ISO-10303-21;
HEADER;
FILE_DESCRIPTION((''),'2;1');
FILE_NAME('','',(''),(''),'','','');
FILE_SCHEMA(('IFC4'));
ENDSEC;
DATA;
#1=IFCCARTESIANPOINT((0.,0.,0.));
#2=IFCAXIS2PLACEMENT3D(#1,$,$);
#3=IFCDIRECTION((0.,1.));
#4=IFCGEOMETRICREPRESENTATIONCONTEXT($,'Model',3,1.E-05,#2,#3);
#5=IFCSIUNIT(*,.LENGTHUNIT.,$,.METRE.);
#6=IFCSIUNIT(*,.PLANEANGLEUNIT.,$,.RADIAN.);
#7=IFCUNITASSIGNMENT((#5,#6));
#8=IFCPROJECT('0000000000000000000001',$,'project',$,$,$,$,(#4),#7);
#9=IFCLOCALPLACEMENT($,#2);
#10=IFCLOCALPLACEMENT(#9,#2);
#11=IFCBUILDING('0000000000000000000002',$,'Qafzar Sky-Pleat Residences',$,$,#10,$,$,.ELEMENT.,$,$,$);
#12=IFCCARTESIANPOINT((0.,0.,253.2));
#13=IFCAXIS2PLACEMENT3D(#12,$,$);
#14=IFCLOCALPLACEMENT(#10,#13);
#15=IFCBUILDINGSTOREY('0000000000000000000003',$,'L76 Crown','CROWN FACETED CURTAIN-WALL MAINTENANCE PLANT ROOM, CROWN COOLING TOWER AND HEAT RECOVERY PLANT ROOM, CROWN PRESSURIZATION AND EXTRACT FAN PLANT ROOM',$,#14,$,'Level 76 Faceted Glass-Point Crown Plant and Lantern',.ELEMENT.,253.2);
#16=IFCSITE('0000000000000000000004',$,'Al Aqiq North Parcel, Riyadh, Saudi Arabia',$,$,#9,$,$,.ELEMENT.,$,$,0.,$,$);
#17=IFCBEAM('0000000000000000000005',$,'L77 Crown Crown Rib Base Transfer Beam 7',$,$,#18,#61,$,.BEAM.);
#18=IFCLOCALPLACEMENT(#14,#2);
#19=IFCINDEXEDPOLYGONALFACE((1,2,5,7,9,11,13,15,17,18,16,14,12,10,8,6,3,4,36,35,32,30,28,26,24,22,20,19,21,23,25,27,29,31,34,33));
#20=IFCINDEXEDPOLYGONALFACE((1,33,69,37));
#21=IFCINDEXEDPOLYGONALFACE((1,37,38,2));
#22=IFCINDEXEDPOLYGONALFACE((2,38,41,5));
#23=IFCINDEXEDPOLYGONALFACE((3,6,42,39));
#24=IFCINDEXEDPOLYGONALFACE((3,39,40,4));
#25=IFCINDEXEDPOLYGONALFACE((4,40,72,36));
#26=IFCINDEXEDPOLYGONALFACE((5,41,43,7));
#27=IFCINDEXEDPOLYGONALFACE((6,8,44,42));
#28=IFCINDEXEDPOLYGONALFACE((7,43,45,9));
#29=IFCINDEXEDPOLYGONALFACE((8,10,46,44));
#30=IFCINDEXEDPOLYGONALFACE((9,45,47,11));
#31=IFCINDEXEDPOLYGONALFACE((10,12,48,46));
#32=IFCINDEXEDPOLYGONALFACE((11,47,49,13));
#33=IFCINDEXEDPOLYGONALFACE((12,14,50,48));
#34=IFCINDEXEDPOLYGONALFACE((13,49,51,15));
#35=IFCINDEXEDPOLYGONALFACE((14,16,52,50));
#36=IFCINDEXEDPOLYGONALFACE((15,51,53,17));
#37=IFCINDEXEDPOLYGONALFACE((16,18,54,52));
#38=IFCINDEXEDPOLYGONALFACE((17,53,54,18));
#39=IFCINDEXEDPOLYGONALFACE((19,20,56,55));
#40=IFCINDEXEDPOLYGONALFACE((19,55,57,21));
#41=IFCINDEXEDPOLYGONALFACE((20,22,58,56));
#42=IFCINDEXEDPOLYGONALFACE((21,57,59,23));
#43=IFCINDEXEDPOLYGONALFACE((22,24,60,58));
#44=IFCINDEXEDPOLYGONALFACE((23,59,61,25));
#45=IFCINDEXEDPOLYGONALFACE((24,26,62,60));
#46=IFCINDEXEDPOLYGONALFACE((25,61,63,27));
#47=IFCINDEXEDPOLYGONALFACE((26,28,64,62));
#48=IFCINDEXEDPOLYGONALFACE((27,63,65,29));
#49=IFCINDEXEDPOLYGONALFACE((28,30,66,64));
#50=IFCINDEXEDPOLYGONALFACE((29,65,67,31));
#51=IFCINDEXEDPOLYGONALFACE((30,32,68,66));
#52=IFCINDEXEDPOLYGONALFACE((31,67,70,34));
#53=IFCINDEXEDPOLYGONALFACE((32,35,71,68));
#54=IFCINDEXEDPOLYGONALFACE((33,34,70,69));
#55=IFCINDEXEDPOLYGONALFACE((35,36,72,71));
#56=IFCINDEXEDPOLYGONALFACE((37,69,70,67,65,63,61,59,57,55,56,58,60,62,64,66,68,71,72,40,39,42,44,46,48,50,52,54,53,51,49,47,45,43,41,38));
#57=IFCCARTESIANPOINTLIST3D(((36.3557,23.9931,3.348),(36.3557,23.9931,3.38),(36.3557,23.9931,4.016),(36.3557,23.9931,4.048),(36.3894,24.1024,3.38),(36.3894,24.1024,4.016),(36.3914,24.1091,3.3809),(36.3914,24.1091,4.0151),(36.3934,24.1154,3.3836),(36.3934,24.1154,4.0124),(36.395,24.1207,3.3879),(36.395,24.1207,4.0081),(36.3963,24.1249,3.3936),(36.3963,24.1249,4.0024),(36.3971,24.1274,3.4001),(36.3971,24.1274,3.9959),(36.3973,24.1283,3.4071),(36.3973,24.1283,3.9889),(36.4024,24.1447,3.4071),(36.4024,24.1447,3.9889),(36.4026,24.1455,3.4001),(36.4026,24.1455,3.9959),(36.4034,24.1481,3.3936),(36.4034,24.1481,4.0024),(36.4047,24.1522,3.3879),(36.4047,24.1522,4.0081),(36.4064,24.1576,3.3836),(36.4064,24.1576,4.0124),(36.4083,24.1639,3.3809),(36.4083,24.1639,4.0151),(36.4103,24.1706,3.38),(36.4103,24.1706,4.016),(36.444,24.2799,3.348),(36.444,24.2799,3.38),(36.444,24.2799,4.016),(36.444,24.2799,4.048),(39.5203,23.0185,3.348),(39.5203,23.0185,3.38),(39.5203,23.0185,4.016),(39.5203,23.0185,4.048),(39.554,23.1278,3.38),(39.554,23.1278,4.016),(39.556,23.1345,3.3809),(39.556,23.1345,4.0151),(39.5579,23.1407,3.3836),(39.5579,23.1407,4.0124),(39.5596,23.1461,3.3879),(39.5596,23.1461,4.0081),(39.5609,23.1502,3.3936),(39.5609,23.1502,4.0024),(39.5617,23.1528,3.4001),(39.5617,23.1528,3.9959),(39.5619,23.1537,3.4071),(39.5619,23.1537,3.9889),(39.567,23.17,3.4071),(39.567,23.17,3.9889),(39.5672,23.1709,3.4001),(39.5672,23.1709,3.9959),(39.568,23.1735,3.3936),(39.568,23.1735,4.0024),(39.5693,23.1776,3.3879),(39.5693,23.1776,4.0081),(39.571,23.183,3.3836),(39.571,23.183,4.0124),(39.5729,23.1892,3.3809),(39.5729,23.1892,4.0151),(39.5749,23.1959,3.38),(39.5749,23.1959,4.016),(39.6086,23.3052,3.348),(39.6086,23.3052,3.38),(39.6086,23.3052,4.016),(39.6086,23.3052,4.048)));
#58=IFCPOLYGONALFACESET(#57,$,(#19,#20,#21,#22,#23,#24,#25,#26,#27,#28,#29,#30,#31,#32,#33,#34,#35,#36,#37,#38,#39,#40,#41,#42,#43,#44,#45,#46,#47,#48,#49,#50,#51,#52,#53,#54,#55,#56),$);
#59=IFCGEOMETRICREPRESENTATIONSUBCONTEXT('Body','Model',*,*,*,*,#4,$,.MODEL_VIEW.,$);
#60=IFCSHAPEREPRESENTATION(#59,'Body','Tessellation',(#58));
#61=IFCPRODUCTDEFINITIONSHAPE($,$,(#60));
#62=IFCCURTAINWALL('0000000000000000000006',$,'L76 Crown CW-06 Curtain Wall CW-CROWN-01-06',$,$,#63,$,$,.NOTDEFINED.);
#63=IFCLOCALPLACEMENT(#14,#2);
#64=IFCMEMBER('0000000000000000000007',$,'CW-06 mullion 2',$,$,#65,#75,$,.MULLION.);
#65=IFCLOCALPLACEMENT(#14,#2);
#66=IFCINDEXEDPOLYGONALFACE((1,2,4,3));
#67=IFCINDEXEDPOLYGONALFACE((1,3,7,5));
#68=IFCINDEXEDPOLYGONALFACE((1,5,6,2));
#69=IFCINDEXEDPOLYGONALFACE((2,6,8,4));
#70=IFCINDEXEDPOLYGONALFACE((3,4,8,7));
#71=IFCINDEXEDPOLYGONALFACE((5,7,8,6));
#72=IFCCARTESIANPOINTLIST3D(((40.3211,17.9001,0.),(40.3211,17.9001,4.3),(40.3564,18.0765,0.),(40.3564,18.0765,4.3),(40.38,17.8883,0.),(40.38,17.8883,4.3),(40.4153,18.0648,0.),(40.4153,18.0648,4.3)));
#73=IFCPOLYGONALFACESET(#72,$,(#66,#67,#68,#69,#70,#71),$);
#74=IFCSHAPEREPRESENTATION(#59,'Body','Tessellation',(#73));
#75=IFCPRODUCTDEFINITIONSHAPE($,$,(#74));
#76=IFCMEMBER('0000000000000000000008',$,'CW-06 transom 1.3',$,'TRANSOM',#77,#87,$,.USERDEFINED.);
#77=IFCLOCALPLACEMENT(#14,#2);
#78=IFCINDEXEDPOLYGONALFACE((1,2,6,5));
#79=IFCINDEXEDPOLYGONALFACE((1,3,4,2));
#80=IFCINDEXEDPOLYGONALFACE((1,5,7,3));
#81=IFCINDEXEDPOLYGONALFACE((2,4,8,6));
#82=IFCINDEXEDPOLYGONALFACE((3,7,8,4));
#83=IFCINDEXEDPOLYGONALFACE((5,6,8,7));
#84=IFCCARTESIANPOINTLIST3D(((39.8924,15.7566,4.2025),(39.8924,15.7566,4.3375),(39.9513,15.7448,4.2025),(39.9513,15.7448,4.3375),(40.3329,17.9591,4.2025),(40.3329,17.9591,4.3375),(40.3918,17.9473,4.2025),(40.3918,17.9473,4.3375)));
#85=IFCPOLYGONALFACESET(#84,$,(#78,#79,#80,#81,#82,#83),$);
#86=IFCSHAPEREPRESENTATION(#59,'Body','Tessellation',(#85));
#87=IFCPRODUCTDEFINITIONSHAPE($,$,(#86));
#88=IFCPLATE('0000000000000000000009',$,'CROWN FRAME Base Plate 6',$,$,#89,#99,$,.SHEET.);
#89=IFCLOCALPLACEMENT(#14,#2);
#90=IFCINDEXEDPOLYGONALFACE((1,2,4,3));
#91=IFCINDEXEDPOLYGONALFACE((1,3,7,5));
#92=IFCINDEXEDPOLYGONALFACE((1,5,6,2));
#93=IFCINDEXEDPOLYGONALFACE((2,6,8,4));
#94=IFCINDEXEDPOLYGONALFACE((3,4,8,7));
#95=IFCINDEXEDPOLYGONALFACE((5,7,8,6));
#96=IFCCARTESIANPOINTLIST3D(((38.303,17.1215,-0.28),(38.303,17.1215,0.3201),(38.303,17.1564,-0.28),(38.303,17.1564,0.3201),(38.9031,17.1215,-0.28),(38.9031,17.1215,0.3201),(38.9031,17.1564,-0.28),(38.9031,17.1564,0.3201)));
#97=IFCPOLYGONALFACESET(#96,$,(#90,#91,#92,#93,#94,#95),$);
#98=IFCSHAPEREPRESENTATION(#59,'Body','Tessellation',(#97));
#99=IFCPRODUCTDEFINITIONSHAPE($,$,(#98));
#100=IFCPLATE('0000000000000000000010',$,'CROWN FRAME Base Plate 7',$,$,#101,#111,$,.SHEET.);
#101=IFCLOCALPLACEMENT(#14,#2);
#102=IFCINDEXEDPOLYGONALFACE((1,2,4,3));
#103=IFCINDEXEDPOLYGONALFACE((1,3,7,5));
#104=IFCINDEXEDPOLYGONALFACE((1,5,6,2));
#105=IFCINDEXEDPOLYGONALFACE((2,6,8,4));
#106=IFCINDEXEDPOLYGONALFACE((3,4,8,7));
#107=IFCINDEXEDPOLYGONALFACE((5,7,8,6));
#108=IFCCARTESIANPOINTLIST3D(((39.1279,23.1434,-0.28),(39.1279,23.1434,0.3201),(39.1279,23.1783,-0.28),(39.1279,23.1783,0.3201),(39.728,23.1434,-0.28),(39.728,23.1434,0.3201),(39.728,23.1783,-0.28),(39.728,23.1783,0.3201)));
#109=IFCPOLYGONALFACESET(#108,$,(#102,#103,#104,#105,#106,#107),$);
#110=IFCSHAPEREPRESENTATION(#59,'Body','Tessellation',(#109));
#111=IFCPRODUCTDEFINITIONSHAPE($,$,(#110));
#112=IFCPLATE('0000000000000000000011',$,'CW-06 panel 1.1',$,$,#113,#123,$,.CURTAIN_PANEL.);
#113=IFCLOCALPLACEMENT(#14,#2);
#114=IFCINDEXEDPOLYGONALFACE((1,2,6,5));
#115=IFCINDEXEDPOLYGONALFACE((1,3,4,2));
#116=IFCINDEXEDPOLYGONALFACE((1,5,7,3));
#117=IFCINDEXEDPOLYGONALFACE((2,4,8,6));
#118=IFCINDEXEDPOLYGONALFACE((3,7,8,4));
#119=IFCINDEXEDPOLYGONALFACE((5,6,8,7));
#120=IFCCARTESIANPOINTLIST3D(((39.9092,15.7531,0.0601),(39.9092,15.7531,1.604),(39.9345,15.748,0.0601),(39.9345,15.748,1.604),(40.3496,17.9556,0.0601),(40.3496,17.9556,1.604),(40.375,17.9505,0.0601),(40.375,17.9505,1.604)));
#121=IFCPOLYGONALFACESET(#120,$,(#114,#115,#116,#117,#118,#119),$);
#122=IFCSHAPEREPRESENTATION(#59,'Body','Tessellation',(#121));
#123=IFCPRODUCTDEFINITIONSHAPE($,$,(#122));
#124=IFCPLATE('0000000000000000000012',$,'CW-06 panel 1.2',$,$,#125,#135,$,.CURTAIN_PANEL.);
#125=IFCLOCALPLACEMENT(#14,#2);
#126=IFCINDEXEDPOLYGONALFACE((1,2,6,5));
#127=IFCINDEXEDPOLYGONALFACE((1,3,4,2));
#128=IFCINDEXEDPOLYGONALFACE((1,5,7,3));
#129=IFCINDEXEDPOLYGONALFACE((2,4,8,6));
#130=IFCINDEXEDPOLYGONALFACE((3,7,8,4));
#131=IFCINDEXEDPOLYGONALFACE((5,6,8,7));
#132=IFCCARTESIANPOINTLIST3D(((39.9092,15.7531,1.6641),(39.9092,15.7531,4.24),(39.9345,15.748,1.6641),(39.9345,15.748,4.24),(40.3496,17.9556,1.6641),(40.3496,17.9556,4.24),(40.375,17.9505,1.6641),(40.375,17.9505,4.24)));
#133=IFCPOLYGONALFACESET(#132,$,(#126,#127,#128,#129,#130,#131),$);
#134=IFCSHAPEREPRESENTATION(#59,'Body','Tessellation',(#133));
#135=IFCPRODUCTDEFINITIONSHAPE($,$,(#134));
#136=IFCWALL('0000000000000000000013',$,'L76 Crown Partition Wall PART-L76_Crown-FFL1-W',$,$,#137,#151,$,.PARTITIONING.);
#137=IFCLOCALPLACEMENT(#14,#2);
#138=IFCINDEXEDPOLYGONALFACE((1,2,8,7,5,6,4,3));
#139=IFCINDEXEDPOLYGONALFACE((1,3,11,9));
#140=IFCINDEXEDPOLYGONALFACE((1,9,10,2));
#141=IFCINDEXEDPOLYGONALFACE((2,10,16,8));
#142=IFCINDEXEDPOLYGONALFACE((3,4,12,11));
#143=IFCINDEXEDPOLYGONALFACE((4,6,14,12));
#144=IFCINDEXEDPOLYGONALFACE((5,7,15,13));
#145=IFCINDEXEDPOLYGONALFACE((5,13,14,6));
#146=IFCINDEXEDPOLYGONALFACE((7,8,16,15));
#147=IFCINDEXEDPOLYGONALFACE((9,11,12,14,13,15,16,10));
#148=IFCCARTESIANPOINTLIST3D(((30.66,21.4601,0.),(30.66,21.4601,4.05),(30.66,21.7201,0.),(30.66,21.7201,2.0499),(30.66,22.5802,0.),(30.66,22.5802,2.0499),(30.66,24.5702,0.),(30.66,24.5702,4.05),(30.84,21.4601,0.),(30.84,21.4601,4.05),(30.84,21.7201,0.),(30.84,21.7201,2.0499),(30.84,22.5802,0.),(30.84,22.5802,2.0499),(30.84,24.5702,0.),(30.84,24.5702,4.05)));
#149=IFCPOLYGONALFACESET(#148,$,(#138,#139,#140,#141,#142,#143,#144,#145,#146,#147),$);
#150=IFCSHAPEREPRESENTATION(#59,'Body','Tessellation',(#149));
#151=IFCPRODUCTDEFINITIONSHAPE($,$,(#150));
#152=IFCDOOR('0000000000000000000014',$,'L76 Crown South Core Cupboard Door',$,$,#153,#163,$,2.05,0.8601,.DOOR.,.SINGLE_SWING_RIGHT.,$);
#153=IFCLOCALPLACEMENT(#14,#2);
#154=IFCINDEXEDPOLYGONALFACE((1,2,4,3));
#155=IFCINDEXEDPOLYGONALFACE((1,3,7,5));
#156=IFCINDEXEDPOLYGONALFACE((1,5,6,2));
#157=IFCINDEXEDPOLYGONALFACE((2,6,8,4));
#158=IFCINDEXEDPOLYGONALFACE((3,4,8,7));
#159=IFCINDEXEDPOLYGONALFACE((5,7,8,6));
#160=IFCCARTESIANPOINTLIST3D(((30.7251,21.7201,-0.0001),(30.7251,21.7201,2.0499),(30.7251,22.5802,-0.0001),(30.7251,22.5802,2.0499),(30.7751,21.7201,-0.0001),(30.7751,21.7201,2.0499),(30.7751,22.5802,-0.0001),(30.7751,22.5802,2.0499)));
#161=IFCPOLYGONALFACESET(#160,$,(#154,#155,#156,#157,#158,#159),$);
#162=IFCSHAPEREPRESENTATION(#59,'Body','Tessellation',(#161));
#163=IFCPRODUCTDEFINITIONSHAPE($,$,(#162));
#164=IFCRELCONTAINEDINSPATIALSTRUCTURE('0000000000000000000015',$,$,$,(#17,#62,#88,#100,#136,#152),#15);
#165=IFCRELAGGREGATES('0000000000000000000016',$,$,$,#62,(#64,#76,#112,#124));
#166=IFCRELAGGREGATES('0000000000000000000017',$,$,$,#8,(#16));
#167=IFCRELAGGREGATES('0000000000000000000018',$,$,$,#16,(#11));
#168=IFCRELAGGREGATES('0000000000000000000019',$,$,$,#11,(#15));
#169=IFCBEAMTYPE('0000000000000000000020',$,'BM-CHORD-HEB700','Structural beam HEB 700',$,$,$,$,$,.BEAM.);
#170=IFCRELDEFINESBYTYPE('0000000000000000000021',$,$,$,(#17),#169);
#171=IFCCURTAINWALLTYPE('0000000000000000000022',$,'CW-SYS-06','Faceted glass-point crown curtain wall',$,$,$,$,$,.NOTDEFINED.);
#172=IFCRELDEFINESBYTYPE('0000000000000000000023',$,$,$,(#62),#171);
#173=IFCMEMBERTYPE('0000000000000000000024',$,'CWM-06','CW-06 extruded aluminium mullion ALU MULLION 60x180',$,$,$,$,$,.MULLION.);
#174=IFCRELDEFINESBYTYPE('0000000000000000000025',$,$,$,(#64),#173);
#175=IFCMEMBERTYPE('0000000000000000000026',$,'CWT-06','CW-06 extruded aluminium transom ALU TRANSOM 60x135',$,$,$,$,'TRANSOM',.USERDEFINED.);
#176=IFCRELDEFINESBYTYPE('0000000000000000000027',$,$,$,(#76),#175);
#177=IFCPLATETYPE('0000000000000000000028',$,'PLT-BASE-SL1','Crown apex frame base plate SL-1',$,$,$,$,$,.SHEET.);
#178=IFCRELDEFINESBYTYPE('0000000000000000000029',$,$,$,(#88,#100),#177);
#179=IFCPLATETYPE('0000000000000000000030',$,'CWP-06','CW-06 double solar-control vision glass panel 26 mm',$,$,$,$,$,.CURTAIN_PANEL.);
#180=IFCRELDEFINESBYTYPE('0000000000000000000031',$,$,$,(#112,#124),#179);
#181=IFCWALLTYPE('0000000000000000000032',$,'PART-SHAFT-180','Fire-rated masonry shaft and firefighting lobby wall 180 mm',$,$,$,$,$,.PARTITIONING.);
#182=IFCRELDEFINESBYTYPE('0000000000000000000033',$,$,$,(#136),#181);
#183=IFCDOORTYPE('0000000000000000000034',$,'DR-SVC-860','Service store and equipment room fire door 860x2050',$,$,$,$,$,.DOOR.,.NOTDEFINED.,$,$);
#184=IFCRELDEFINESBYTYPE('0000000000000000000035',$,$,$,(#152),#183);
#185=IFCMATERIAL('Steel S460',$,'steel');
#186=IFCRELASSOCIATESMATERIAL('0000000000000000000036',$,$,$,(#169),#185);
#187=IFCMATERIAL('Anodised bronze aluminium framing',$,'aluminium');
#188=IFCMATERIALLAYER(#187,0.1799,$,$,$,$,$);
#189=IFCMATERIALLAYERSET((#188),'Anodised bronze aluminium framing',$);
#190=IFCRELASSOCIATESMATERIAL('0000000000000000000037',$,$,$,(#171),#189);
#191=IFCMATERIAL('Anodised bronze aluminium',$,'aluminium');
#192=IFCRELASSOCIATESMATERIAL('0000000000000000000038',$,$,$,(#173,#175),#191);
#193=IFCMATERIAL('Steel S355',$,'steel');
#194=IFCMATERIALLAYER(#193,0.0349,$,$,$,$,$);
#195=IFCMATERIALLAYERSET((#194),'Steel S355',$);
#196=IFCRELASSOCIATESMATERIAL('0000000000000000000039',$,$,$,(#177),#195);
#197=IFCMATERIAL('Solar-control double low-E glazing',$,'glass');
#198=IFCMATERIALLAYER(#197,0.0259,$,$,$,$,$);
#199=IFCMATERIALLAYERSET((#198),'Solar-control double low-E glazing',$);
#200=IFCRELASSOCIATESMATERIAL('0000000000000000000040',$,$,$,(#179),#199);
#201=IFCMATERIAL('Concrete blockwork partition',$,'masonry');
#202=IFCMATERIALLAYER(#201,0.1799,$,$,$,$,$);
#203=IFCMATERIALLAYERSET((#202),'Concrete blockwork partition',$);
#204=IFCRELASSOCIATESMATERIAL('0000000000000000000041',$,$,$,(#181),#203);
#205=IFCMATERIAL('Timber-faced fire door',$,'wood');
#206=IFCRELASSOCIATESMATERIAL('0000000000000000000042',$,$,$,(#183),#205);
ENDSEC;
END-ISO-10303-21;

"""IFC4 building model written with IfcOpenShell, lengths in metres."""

from ifc_helpers import new_model, si_unit, direction, frame, frame_2d, origin, origin_2d, place, context, subcontext, project, spatial, rectangle, i_section, extrude, source, transform, mapped, material, layer, layer_set, material_profile, profile_set, type_object, element, fill, aggregate, save


model = new_model("IFC4")

# Units and contexts
model_context = context("Model", 3, precision=1e-05, world=origin(), true_north=direction((0.0, 1.0)))
body_context = subcontext(model_context, "Body", "Model", "MODEL_VIEW")
ifc_project = project(units=[si_unit("LENGTHUNIT", "METRE"), si_unit("PLANEANGLEUNIT", "RADIAN")], contexts=[model_context])

# Site, building, storey
site_placement = place(None, origin())
site = spatial("IfcSite", under=ifc_project, at=site_placement, Name="Al Aqiq North Parcel, Riyadh, Saudi Arabia", CompositionType="ELEMENT", RefElevation=0.0)
building_placement = place(site_placement, origin())
building = spatial("IfcBuilding", under=site, at=building_placement, Name="Qafzar Sky-Pleat Residences", CompositionType="ELEMENT")
storey_placement = place(building_placement, frame((0.0, 0.0, 253.2)))
storey = spatial("IfcBuildingStorey", under=building, at=storey_placement, Name="L76 Crown", Description="CROWN FACETED CURTAIN-WALL MAINTENANCE PLANT ROOM, CROWN COOLING TOWER AND HEAT RECOVERY PLANT ROOM, CROWN PRESSURIZATION AND EXTRACT FAN PLANT ROOM", LongName="Level 76 Faceted Glass-Point Crown Plant and Lantern", CompositionType="ELEMENT", Elevation=253.2)

# Shared definitions
ifc_material_1 = material(Name="Steel S460", Category="steel")
ifc_material_2 = material(Name="Steel S355", Category="steel")

# Beam
ifc_material_profile_1 = material_profile(ifc_material_1, i_section(OverallWidth=0.3, OverallDepth=0.7, WebThickness=0.0171, FlangeThickness=0.032, FilletRadius=0.0271, at=origin_2d()), Name="HEB 700")
ifc_profile_set_1 = profile_set([ifc_material_profile_1], Name="Steel S460")
beam_type = type_object("IfcBeamType", Name="BM-CHORD-HEB700", Description="Structural beam HEB 700", PredefinedType="BEAM", material=ifc_profile_set_1)
shared_shape_1 = source(origin(), body_context, "Body", "SweptSolid", [
    extrude(i_section(OverallWidth=0.3, OverallDepth=0.7, WebThickness=0.0171, FlangeThickness=0.032, FilletRadius=0.0271, at=origin_2d()), origin(), (0.0, 0.0, 1.0), 3.3113),
])
beam_1_placement = place(storey_placement, frame((39.5645, 23.1619, 3.698), z_axis=(-0.955702, 0.294335, 0.0), x_axis=(-0.294335, -0.955702, 0.0)))
element("IfcBeam", 1, at=beam_1_placement, inside=storey, type_object=beam_type, Name="L77 Crown Crown Rib Base Transfer Beam 7", PredefinedType="BEAM", context=body_context, shape_type="MappedRepresentation", body=[
    mapped(shared_shape_1, transform((0.0, 0.0, 0.0), x_axis=(1.0, 0.0, 0.0), y_axis=(0.0, 1.0, 0.0), z_axis=(0.0, 0.0, 1.0), scale=1.0)),
])

# Curtain wall, members
ifc_material_3 = material(Name="Anodised bronze aluminium framing", Category="aluminium")
ifc_layer_1 = layer(ifc_material_3, 0.1799)
ifc_layer_set_1 = layer_set([ifc_layer_1], Name="Anodised bronze aluminium framing")
curtain_wall_type = type_object("IfcCurtainWallType", Name="CW-SYS-06", Description="Faceted glass-point crown curtain wall", PredefinedType="NOTDEFINED", material=ifc_layer_set_1)
curtain_wall_placement = place(storey_placement, origin())
curtain_wall = element("IfcCurtainWall", 2, at=curtain_wall_placement, inside=storey, type_object=curtain_wall_type, Name="L76 Crown CW-06 Curtain Wall CW-CROWN-01-06", PredefinedType="NOTDEFINED")
ifc_material_4 = material(Name="Anodised bronze aluminium", Category="aluminium")
ifc_material_profile_2 = material_profile(ifc_material_4, rectangle(XDim=0.0601, YDim=0.1799, at=origin_2d()), Name="ALU MULLION 60x180")
ifc_profile_set_2 = profile_set([ifc_material_profile_2], Name="Anodised bronze aluminium")
member_type_1 = type_object("IfcMemberType", Name="CWM-06", Description="CW-06 extruded aluminium mullion ALU MULLION 60x180", PredefinedType="MULLION", material=ifc_profile_set_2)
shared_shape_2 = source(origin(), body_context, "Body", "SweptSolid", [
    extrude(rectangle(XDim=0.0601, YDim=0.1799, at=origin_2d()), origin(), (0.0, 0.0, 1.0), 4.3),
])
member_1_placement = place(storey_placement, frame((40.3682, 17.9824, 0.0), z_axis=(0.0, 0.0, 1.0), x_axis=(-0.980581, 0.196113, 0.0)))
member_1 = element("IfcMember", 3, at=member_1_placement, type_object=member_type_1, Name="CW-06 mullion 2", PredefinedType="MULLION", context=body_context, shape_type="MappedRepresentation", body=[
    mapped(shared_shape_2, transform((0.0, 0.0, 0.0), x_axis=(1.0, 0.0, 0.0), y_axis=(0.0, 1.0, 0.0), z_axis=(0.0, 0.0, 1.0), scale=1.0)),
])
ifc_material_profile_3 = material_profile(ifc_material_4, rectangle(XDim=0.0601, YDim=0.135, at=origin_2d()), Name="ALU TRANSOM 60x135")
ifc_profile_set_3 = profile_set([ifc_material_profile_3], Name="Anodised bronze aluminium")
member_type_2 = type_object("IfcMemberType", Name="CWT-06", Description="CW-06 extruded aluminium transom ALU TRANSOM 60x135", ElementType="TRANSOM", PredefinedType="USERDEFINED", material=ifc_profile_set_3)
shared_shape_3 = source(origin(), body_context, "Body", "SweptSolid", [
    extrude(rectangle(XDim=0.0601, YDim=0.135, at=origin_2d()), origin(), (0.0, 0.0, 1.0), 2.2461),
])
member_2_placement = place(storey_placement, frame((39.9219, 15.7507, 4.27), z_axis=(0.196095, 0.980585, 0.0), x_axis=(-0.980585, 0.196095, 0.0)))
member_2 = element("IfcMember", 4, at=member_2_placement, type_object=member_type_2, Name="CW-06 transom 1.3", ObjectType="TRANSOM", PredefinedType="USERDEFINED", context=body_context, shape_type="MappedRepresentation", body=[
    mapped(shared_shape_3, transform((0.0, 0.0, 0.0), x_axis=(1.0, 0.0, 0.0), y_axis=(0.0, 1.0, 0.0), z_axis=(0.0, 0.0, 1.0), scale=1.0)),
])

# Plates
ifc_layer_2 = layer(ifc_material_2, 0.0349)
ifc_layer_set_2 = layer_set([ifc_layer_2], Name="Steel S355")
plate_type_1 = type_object("IfcPlateType", Name="PLT-BASE-SL1", Description="Crown apex frame base plate SL-1", PredefinedType="SHEET", material=ifc_layer_set_2)
shared_shape_4 = source(origin(), body_context, "Body", "SweptSolid", [
    extrude(rectangle(XDim=0.6001, YDim=0.0349, at=origin_2d()), origin(), (0.0, 0.0, 1.0), 0.6001),
])
for number, where, z_axis, x_axis, name in (
    (5, (38.603, 17.1389, -0.28), (0.0, 0.0, 1.0), (1.0, 0.0, 0.0), "CROWN FRAME Base Plate 6"),
    (6, (39.428, 23.1609, -0.28), (0.0, 0.0, 1.0), (1.0, 0.0, 0.0), "CROWN FRAME Base Plate 7"),
):
    element("IfcPlate", number, at=place(storey_placement, frame(where, z_axis=z_axis, x_axis=x_axis)), inside=storey, type_object=plate_type_1, Name=name, PredefinedType="SHEET", context=body_context, shape_type="MappedRepresentation", body=[
        mapped(shared_shape_4, transform((0.0, 0.0, 0.0), x_axis=(1.0, 0.0, 0.0), y_axis=(0.0, 1.0, 0.0), z_axis=(0.0, 0.0, 1.0), scale=1.0)),
    ])

# Plates
ifc_material_5 = material(Name="Solar-control double low-E glazing", Category="glass")
ifc_layer_3 = layer(ifc_material_5, 0.0259)
ifc_layer_set_3 = layer_set([ifc_layer_3], Name="Solar-control double low-E glazing")
plate_type_2 = type_object("IfcPlateType", Name="CWP-06", Description="CW-06 double solar-control vision glass panel 26 mm", PredefinedType="CURTAIN_PANEL", material=ifc_layer_set_3)
shared_shape_5 = source(origin(), body_context, "Body", "SweptSolid", [
    extrude(rectangle(XDim=2.2461, YDim=0.0259, at=origin_2d()), origin(), (0.0, 0.0, 1.0), 1.5439),
])
plate_1_placement = place(storey_placement, frame((40.1421, 16.8518, 0.0601), z_axis=(0.0, 0.0, 1.0), x_axis=(0.196113, 0.980581, 0.0)))
plate_1 = element("IfcPlate", 7, at=plate_1_placement, type_object=plate_type_2, Name="CW-06 panel 1.1", PredefinedType="CURTAIN_PANEL", context=body_context, shape_type="MappedRepresentation", body=[
    mapped(shared_shape_5, transform((0.0, 0.0, 0.0), x_axis=(1.0, 0.0, 0.0), y_axis=(0.0, 1.0, 0.0), z_axis=(0.0, 0.0, 1.0), scale=1.0)),
])
shared_shape_6 = source(origin(), body_context, "Body", "SweptSolid", [
    extrude(rectangle(XDim=2.2461, YDim=0.0259, at=origin_2d()), origin(), (0.0, 0.0, 1.0), 2.5759),
])
plate_2_placement = place(storey_placement, frame((40.1421, 16.8518, 1.6641), z_axis=(0.0, 0.0, 1.0), x_axis=(0.196113, 0.980581, 0.0)))
plate_2 = element("IfcPlate", 8, at=plate_2_placement, type_object=plate_type_2, Name="CW-06 panel 1.2", PredefinedType="CURTAIN_PANEL", context=body_context, shape_type="MappedRepresentation", body=[
    mapped(shared_shape_6, transform((0.0, 0.0, 0.0), x_axis=(1.0, 0.0, 0.0), y_axis=(0.0, 1.0, 0.0), z_axis=(0.0, 0.0, 1.0), scale=1.0)),
])
aggregate(curtain_wall, [member_1, member_2, plate_1, plate_2])

# Wall, opening, door
ifc_material_6 = material(Name="Concrete blockwork partition", Category="masonry")
ifc_layer_4 = layer(ifc_material_6, 0.1799)
ifc_layer_set_4 = layer_set([ifc_layer_4], Name="Concrete blockwork partition")
wall_type_1 = type_object("IfcWallType", Name="PART-SHAFT-180", Description="Fire-rated masonry shaft and firefighting lobby wall 180 mm", PredefinedType="PARTITIONING", material=ifc_layer_set_4)
wall_1_placement = place(storey_placement, frame((30.75, 21.46, 0.0), z_axis=(0.0, 0.0, 1.0), x_axis=(0.0, 1.0, 0.0)))
wall_1 = element("IfcWall", 9, at=wall_1_placement, inside=storey, type_object=wall_type_1, Name="L76 Crown Partition Wall PART-L76_Crown-FFL1-W", PredefinedType="PARTITIONING", context=body_context, shape_type="SweptSolid", body=[
    extrude(rectangle(XDim=3.1101, YDim=0.1799, at=frame_2d((1.5552, 0.0))), origin(), (0.0, 0.0, 1.0), 4.05),
])
opening_1_placement = place(wall_1_placement, frame((0.26, 0.0, 0.0)))
opening_1 = element("IfcOpeningElement", 10, at=opening_1_placement, cuts=wall_1, PredefinedType="OPENING", context=body_context, shape_type="SweptSolid", body=[
    extrude(rectangle(XDim=0.8601, YDim=2.05, at=frame_2d((0.4302, 1.0249))), frame((0.0, 0.1001, 0.0), z_axis=(0.0, -1.0, 0.0), x_axis=(1.0, 0.0, 0.0)), (0.0, 0.0, 1.0), 0.2),
])
ifc_material_7 = material(Name="Timber-faced fire door", Category="wood")
door_type_1 = type_object("IfcDoorType", Name="DR-SVC-860", Description="Service store and equipment room fire door 860x2050", OperationType="NOTDEFINED", PredefinedType="DOOR", material=ifc_material_7)
shared_shape_7 = source(origin(), body_context, "Body", "SweptSolid", [
    extrude(rectangle(XDim=0.8601, YDim=2.05, at=frame_2d((0.4302, 1.0249))), frame((0.0, 0.0249, 0.0), z_axis=(0.0, -1.0, 0.0), x_axis=(1.0, 0.0, 0.0)), (0.0, 0.0, 1.0), 0.05),
])
door_1_placement = place(opening_1_placement, origin())
door_1 = element("IfcDoor", 11, at=door_1_placement, inside=storey, type_object=door_type_1, Name="L76 Crown South Core Cupboard Door", OperationType="SINGLE_SWING_RIGHT", OverallHeight=2.05, OverallWidth=0.8601, PredefinedType="DOOR", context=body_context, shape_type="MappedRepresentation", body=[
    mapped(shared_shape_7, transform((0.0, 0.0, 0.0), x_axis=(1.0, 0.0, 0.0), y_axis=(0.0, 1.0, 0.0), z_axis=(0.0, 0.0, 1.0), scale=1.0)),
])
fill(opening_1, door_1)

save(model, "model.ifc")
